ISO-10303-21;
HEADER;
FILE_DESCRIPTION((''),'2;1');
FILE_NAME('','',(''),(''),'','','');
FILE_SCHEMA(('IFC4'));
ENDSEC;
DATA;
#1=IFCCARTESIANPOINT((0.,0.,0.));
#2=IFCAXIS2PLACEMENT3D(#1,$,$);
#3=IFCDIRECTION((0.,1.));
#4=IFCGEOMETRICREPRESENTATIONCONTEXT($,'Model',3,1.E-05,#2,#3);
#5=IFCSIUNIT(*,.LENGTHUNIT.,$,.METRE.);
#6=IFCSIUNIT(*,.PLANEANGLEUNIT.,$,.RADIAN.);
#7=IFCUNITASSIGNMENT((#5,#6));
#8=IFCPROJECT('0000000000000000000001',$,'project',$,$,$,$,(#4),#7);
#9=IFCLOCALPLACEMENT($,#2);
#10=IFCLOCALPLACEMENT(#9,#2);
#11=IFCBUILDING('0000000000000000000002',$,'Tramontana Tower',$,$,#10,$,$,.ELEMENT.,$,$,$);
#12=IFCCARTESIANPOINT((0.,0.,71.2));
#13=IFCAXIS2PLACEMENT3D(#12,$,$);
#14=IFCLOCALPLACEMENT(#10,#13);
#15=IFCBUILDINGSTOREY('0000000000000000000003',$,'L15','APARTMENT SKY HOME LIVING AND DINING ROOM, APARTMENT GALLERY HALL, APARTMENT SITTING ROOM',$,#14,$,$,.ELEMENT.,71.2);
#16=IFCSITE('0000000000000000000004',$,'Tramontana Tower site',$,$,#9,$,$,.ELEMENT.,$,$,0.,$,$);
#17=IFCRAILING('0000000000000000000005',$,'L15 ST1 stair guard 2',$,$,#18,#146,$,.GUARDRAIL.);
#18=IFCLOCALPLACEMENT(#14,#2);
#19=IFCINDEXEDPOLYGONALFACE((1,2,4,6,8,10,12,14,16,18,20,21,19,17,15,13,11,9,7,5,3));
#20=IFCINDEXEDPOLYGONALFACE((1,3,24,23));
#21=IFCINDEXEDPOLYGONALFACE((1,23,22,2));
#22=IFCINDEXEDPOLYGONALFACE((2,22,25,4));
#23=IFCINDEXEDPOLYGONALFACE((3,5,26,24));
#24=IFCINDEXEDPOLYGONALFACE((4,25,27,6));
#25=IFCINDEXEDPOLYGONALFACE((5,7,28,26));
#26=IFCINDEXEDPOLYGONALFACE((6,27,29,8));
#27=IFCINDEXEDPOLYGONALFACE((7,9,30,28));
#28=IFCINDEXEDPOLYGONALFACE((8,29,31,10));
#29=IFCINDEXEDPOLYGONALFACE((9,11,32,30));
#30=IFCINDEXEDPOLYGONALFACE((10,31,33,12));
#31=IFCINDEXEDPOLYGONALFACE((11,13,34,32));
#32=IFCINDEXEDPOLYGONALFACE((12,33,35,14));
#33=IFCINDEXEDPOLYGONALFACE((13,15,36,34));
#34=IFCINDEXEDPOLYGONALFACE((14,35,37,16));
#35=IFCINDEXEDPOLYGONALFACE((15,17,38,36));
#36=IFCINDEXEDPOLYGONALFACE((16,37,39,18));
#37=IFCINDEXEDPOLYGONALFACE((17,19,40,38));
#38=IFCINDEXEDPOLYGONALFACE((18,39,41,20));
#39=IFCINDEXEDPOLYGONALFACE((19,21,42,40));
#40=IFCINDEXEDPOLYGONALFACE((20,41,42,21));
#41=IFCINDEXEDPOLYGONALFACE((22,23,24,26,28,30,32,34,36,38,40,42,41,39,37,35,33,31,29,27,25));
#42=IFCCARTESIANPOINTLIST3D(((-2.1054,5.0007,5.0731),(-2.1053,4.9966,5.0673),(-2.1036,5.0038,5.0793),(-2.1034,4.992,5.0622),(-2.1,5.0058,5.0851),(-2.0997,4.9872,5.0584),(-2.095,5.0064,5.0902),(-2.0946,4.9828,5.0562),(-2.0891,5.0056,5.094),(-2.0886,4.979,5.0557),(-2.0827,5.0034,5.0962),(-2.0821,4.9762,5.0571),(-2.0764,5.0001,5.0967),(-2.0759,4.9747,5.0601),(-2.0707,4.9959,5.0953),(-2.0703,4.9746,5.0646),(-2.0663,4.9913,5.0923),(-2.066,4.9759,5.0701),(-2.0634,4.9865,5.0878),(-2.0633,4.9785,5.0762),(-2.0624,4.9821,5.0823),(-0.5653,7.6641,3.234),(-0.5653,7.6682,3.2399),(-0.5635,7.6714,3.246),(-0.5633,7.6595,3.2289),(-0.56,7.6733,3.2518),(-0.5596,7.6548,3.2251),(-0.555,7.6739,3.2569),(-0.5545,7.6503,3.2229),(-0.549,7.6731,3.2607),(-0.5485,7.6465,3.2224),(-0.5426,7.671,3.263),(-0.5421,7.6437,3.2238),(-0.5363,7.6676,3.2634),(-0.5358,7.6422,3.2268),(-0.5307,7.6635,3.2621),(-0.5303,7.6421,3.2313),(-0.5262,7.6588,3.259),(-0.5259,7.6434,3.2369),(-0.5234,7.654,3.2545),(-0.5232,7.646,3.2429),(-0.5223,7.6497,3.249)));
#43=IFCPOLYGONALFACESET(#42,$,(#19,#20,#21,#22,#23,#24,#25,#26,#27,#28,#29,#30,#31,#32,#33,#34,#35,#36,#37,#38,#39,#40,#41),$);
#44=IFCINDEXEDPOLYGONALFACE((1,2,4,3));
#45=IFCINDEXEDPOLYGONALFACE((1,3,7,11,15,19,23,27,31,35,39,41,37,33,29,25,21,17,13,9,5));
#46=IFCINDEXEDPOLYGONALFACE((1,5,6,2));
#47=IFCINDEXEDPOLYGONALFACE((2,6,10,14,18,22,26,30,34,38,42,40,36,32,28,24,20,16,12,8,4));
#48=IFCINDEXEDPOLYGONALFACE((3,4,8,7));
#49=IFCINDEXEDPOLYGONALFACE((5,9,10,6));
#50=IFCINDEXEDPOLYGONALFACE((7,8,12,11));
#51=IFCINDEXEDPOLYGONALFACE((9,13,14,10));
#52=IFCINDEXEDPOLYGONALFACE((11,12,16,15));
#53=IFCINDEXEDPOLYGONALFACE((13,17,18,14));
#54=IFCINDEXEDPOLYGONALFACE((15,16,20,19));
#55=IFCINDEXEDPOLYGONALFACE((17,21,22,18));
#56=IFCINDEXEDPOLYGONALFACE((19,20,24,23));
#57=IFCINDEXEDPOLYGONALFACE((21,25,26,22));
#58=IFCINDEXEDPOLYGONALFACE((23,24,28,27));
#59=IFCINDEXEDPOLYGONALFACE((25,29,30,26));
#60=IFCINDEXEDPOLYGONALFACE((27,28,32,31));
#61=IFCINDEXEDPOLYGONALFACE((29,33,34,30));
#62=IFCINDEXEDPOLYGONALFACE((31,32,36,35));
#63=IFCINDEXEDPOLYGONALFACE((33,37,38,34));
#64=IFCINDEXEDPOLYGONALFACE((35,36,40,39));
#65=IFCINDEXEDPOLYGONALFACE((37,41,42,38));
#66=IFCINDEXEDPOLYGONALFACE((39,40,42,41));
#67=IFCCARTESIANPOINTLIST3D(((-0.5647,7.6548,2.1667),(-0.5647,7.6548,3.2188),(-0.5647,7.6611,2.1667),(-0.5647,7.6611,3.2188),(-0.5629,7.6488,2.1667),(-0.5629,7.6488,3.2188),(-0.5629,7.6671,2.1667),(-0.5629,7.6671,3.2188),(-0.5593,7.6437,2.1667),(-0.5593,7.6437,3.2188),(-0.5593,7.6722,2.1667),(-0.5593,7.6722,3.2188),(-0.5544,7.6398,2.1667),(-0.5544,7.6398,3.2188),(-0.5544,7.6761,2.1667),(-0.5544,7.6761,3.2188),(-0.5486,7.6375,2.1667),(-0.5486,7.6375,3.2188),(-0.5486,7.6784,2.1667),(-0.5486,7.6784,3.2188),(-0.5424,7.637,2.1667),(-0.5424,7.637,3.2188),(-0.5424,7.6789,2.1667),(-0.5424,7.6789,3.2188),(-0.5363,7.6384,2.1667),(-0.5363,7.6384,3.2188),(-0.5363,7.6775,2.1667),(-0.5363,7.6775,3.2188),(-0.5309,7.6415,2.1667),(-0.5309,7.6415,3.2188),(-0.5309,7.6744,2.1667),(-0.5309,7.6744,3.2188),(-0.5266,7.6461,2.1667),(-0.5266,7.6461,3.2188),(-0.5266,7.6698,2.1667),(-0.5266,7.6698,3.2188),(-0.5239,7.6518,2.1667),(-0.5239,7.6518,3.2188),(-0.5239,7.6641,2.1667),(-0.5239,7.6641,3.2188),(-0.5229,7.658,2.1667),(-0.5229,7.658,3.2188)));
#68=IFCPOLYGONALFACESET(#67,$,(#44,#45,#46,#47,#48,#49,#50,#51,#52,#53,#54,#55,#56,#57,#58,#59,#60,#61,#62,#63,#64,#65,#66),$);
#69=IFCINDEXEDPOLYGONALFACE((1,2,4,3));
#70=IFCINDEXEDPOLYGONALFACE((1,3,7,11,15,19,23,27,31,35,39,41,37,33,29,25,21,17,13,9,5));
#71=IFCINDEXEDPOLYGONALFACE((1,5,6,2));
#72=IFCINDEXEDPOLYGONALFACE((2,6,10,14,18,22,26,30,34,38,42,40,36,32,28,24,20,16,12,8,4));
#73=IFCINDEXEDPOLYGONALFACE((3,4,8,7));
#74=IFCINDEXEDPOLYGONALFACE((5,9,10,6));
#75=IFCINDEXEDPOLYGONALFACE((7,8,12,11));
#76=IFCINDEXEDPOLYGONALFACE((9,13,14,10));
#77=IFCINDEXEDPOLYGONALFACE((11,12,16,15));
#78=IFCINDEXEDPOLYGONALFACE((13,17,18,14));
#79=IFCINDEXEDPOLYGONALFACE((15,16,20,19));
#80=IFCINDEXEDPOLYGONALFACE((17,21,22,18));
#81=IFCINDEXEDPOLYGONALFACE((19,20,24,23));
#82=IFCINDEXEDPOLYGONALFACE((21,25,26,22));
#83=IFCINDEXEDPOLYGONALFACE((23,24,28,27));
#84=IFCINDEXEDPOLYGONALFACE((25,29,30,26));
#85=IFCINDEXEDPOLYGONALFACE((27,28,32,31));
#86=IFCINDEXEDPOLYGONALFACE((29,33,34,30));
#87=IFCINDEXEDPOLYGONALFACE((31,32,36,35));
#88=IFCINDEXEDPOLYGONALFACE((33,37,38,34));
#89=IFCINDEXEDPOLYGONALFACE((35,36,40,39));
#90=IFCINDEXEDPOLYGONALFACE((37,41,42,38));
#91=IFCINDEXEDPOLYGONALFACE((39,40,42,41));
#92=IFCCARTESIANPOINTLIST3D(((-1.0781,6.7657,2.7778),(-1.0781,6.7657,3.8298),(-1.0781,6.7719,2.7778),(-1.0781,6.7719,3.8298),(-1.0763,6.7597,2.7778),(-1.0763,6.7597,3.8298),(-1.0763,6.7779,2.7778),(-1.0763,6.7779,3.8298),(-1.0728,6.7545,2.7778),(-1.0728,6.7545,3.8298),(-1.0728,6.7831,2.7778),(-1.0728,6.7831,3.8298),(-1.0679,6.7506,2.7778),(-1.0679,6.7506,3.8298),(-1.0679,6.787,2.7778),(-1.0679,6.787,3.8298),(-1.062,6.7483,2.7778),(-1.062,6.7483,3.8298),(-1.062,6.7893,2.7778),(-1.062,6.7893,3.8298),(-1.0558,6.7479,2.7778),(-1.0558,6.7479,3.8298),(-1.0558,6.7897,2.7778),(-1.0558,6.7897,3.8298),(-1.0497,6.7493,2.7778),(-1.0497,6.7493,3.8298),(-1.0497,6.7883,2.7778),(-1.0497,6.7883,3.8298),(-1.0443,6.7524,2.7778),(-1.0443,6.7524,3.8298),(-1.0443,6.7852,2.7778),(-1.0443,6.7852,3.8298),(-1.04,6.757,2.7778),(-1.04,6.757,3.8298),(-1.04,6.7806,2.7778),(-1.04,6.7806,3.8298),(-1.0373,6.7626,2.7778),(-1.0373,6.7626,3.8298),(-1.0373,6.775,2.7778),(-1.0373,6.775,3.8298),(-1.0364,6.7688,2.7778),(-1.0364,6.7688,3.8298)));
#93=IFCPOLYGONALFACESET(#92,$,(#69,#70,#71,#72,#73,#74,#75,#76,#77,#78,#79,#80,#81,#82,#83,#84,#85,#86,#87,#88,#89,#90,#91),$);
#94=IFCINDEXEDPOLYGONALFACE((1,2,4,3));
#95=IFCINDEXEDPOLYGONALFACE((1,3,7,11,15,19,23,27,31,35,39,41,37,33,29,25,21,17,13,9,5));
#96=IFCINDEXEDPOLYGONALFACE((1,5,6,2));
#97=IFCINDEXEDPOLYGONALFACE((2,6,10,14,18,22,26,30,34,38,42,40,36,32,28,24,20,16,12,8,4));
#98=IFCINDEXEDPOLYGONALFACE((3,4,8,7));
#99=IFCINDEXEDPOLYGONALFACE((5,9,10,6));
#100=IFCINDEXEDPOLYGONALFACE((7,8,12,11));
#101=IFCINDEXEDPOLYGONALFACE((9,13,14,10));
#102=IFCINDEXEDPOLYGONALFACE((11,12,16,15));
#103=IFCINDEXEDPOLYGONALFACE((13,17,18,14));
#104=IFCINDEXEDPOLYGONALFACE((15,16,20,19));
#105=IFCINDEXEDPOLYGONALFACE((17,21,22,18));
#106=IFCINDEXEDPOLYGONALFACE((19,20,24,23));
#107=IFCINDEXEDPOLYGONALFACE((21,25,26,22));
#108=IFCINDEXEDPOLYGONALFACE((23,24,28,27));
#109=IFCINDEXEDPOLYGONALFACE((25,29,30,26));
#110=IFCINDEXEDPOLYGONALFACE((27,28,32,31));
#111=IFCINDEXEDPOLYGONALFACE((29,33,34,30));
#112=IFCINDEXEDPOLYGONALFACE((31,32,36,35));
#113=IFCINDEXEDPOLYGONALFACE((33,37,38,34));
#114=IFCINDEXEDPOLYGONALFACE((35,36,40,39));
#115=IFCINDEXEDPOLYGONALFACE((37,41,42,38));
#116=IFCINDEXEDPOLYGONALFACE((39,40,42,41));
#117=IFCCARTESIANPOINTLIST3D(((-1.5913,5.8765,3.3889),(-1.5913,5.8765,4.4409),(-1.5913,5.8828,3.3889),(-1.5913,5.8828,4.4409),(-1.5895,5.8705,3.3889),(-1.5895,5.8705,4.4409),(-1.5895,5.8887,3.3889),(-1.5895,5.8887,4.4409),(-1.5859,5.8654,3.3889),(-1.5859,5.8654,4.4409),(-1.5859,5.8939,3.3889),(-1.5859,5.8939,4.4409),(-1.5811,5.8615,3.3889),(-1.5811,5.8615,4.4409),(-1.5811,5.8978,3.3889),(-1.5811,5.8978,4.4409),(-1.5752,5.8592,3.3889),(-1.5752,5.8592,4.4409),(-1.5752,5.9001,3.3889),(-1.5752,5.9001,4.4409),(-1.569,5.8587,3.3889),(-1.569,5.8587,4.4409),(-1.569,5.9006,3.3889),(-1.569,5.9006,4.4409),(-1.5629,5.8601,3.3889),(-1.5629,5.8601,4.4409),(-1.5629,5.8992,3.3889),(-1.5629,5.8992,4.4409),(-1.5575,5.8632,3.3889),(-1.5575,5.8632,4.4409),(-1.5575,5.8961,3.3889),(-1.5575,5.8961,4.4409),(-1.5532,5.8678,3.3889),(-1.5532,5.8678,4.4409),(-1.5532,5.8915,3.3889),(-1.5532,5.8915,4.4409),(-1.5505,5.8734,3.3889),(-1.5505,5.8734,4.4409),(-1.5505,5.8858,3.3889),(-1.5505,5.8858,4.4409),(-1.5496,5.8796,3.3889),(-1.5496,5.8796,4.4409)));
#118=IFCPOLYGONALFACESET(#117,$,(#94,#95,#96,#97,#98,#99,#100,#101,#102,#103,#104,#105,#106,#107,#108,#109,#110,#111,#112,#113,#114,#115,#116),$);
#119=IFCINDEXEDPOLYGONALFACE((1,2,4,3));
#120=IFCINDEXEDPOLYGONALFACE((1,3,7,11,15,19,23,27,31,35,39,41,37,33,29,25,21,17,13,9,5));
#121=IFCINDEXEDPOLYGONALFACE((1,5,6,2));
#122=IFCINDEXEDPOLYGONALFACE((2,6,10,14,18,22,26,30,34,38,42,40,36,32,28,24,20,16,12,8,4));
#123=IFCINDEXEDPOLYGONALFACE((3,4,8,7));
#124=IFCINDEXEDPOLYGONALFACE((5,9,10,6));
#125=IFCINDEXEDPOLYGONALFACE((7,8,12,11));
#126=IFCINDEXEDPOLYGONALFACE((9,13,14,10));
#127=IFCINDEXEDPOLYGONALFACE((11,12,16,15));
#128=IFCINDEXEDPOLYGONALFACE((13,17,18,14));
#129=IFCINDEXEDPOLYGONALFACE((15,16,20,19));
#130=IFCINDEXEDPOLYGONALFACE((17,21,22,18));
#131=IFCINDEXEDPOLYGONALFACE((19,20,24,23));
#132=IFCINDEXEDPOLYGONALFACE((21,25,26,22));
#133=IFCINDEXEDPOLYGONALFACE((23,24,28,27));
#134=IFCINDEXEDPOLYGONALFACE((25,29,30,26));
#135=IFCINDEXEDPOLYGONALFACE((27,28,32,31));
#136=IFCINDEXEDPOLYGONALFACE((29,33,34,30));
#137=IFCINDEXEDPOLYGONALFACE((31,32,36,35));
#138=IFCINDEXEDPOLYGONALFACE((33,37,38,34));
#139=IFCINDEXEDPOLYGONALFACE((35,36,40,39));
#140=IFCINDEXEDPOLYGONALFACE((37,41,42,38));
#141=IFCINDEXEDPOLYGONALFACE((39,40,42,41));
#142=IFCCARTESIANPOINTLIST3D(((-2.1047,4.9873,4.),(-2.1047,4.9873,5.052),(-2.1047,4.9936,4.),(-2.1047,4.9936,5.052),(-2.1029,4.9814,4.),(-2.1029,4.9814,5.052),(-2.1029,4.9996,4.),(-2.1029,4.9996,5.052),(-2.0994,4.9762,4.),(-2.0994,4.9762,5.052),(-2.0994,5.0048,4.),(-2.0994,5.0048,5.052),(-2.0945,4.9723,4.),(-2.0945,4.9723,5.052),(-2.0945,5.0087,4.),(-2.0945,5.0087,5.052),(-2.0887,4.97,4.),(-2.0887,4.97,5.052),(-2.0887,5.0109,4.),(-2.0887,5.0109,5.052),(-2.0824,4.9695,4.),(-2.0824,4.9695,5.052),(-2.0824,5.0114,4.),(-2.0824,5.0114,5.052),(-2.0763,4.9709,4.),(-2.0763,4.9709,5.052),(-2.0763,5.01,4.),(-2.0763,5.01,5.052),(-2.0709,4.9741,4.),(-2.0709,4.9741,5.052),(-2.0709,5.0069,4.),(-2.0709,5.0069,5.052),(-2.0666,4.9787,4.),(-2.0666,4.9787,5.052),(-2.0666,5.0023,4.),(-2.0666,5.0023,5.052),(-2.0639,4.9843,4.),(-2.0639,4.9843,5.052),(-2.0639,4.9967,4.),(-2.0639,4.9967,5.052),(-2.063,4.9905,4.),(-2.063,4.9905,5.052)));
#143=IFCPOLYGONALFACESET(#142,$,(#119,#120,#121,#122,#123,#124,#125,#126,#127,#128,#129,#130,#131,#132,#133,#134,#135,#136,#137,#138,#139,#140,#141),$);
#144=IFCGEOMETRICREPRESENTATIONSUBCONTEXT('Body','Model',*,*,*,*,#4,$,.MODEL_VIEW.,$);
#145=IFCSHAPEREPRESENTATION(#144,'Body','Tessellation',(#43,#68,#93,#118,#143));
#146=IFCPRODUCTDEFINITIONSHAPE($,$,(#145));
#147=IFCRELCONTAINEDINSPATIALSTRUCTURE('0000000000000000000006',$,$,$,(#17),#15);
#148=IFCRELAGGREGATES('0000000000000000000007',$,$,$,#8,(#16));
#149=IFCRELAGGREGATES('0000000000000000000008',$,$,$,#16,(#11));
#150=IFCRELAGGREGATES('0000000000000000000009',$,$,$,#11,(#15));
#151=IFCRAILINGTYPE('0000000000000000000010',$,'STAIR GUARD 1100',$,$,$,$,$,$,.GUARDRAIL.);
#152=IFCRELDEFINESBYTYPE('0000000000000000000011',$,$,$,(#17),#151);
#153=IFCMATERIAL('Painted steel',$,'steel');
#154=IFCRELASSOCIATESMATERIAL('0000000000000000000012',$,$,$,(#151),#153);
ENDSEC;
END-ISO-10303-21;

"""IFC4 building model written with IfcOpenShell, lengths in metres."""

from ifc_helpers import new_model, si_unit, direction, frame, origin, origin_2d, place, context, subcontext, project, spatial, circle, extrude, material, type_object, element, save


model = new_model("IFC4")

# Units and contexts
model_context = context("Model", 3, precision=1e-05, world=origin(), true_north=direction((0.0, 1.0)))
body_context = subcontext(model_context, "Body", "Model", "MODEL_VIEW")
ifc_project = project(units=[si_unit("LENGTHUNIT", "METRE"), si_unit("PLANEANGLEUNIT", "RADIAN")], contexts=[model_context])

# Site, building, storey
site_placement = place(None, origin())
site = spatial("IfcSite", under=ifc_project, at=site_placement, Name="Tramontana Tower site", CompositionType="ELEMENT", RefElevation=0.0)
building_placement = place(site_placement, origin())
building = spatial("IfcBuilding", under=site, at=building_placement, Name="Tramontana Tower", CompositionType="ELEMENT")
storey_placement = place(building_placement, frame((0.0, 0.0, 71.2)))
storey = spatial("IfcBuildingStorey", under=building, at=storey_placement, Name="L15", Description="APARTMENT SKY HOME LIVING AND DINING ROOM, APARTMENT GALLERY HALL, APARTMENT SITTING ROOM", CompositionType="ELEMENT", Elevation=71.2)

# Railing
ifc_material_1 = material(Name="Painted steel", Category="steel")
railing_type = type_object("IfcRailingType", Name="STAIR GUARD 1100", PredefinedType="GUARDRAIL", material=ifc_material_1)
railing_1_placement = place(storey_placement, frame((-0.5439, 7.658, 2.1667)))
element("IfcRailing", 1, at=railing_1_placement, inside=storey, type_object=railing_type, Name="L15 ST1 stair guard 2", PredefinedType="GUARDRAIL", context=body_context, shape_type="SweptSolid", body=[
    extrude(circle(Radius=0.0239, at=origin_2d()), frame((0.0, 0.0, 1.0762), z_axis=(-0.429649, -0.74419, 0.511452), x_axis=(0.86603, -0.499992, 0.0)), (0.0, 0.0, 1.0), 3.5845),
    extrude(circle(Radius=0.021, at=origin_2d()), origin(), (0.0, 0.0, 1.0), 1.052),
    extrude(circle(Radius=0.021, at=origin_2d()), frame((-0.5134, -0.8892, 0.6111)), (0.0, 0.0, 1.0), 1.052),
    extrude(circle(Radius=0.021, at=origin_2d()), frame((-1.0266, -1.7783, 1.2222)), (0.0, 0.0, 1.0), 1.052),
    extrude(circle(Radius=0.021, at=origin_2d()), frame((-1.54, -2.6675, 1.8333)), (0.0, 0.0, 1.0), 1.052),
])

save(model, "model.ifc")
